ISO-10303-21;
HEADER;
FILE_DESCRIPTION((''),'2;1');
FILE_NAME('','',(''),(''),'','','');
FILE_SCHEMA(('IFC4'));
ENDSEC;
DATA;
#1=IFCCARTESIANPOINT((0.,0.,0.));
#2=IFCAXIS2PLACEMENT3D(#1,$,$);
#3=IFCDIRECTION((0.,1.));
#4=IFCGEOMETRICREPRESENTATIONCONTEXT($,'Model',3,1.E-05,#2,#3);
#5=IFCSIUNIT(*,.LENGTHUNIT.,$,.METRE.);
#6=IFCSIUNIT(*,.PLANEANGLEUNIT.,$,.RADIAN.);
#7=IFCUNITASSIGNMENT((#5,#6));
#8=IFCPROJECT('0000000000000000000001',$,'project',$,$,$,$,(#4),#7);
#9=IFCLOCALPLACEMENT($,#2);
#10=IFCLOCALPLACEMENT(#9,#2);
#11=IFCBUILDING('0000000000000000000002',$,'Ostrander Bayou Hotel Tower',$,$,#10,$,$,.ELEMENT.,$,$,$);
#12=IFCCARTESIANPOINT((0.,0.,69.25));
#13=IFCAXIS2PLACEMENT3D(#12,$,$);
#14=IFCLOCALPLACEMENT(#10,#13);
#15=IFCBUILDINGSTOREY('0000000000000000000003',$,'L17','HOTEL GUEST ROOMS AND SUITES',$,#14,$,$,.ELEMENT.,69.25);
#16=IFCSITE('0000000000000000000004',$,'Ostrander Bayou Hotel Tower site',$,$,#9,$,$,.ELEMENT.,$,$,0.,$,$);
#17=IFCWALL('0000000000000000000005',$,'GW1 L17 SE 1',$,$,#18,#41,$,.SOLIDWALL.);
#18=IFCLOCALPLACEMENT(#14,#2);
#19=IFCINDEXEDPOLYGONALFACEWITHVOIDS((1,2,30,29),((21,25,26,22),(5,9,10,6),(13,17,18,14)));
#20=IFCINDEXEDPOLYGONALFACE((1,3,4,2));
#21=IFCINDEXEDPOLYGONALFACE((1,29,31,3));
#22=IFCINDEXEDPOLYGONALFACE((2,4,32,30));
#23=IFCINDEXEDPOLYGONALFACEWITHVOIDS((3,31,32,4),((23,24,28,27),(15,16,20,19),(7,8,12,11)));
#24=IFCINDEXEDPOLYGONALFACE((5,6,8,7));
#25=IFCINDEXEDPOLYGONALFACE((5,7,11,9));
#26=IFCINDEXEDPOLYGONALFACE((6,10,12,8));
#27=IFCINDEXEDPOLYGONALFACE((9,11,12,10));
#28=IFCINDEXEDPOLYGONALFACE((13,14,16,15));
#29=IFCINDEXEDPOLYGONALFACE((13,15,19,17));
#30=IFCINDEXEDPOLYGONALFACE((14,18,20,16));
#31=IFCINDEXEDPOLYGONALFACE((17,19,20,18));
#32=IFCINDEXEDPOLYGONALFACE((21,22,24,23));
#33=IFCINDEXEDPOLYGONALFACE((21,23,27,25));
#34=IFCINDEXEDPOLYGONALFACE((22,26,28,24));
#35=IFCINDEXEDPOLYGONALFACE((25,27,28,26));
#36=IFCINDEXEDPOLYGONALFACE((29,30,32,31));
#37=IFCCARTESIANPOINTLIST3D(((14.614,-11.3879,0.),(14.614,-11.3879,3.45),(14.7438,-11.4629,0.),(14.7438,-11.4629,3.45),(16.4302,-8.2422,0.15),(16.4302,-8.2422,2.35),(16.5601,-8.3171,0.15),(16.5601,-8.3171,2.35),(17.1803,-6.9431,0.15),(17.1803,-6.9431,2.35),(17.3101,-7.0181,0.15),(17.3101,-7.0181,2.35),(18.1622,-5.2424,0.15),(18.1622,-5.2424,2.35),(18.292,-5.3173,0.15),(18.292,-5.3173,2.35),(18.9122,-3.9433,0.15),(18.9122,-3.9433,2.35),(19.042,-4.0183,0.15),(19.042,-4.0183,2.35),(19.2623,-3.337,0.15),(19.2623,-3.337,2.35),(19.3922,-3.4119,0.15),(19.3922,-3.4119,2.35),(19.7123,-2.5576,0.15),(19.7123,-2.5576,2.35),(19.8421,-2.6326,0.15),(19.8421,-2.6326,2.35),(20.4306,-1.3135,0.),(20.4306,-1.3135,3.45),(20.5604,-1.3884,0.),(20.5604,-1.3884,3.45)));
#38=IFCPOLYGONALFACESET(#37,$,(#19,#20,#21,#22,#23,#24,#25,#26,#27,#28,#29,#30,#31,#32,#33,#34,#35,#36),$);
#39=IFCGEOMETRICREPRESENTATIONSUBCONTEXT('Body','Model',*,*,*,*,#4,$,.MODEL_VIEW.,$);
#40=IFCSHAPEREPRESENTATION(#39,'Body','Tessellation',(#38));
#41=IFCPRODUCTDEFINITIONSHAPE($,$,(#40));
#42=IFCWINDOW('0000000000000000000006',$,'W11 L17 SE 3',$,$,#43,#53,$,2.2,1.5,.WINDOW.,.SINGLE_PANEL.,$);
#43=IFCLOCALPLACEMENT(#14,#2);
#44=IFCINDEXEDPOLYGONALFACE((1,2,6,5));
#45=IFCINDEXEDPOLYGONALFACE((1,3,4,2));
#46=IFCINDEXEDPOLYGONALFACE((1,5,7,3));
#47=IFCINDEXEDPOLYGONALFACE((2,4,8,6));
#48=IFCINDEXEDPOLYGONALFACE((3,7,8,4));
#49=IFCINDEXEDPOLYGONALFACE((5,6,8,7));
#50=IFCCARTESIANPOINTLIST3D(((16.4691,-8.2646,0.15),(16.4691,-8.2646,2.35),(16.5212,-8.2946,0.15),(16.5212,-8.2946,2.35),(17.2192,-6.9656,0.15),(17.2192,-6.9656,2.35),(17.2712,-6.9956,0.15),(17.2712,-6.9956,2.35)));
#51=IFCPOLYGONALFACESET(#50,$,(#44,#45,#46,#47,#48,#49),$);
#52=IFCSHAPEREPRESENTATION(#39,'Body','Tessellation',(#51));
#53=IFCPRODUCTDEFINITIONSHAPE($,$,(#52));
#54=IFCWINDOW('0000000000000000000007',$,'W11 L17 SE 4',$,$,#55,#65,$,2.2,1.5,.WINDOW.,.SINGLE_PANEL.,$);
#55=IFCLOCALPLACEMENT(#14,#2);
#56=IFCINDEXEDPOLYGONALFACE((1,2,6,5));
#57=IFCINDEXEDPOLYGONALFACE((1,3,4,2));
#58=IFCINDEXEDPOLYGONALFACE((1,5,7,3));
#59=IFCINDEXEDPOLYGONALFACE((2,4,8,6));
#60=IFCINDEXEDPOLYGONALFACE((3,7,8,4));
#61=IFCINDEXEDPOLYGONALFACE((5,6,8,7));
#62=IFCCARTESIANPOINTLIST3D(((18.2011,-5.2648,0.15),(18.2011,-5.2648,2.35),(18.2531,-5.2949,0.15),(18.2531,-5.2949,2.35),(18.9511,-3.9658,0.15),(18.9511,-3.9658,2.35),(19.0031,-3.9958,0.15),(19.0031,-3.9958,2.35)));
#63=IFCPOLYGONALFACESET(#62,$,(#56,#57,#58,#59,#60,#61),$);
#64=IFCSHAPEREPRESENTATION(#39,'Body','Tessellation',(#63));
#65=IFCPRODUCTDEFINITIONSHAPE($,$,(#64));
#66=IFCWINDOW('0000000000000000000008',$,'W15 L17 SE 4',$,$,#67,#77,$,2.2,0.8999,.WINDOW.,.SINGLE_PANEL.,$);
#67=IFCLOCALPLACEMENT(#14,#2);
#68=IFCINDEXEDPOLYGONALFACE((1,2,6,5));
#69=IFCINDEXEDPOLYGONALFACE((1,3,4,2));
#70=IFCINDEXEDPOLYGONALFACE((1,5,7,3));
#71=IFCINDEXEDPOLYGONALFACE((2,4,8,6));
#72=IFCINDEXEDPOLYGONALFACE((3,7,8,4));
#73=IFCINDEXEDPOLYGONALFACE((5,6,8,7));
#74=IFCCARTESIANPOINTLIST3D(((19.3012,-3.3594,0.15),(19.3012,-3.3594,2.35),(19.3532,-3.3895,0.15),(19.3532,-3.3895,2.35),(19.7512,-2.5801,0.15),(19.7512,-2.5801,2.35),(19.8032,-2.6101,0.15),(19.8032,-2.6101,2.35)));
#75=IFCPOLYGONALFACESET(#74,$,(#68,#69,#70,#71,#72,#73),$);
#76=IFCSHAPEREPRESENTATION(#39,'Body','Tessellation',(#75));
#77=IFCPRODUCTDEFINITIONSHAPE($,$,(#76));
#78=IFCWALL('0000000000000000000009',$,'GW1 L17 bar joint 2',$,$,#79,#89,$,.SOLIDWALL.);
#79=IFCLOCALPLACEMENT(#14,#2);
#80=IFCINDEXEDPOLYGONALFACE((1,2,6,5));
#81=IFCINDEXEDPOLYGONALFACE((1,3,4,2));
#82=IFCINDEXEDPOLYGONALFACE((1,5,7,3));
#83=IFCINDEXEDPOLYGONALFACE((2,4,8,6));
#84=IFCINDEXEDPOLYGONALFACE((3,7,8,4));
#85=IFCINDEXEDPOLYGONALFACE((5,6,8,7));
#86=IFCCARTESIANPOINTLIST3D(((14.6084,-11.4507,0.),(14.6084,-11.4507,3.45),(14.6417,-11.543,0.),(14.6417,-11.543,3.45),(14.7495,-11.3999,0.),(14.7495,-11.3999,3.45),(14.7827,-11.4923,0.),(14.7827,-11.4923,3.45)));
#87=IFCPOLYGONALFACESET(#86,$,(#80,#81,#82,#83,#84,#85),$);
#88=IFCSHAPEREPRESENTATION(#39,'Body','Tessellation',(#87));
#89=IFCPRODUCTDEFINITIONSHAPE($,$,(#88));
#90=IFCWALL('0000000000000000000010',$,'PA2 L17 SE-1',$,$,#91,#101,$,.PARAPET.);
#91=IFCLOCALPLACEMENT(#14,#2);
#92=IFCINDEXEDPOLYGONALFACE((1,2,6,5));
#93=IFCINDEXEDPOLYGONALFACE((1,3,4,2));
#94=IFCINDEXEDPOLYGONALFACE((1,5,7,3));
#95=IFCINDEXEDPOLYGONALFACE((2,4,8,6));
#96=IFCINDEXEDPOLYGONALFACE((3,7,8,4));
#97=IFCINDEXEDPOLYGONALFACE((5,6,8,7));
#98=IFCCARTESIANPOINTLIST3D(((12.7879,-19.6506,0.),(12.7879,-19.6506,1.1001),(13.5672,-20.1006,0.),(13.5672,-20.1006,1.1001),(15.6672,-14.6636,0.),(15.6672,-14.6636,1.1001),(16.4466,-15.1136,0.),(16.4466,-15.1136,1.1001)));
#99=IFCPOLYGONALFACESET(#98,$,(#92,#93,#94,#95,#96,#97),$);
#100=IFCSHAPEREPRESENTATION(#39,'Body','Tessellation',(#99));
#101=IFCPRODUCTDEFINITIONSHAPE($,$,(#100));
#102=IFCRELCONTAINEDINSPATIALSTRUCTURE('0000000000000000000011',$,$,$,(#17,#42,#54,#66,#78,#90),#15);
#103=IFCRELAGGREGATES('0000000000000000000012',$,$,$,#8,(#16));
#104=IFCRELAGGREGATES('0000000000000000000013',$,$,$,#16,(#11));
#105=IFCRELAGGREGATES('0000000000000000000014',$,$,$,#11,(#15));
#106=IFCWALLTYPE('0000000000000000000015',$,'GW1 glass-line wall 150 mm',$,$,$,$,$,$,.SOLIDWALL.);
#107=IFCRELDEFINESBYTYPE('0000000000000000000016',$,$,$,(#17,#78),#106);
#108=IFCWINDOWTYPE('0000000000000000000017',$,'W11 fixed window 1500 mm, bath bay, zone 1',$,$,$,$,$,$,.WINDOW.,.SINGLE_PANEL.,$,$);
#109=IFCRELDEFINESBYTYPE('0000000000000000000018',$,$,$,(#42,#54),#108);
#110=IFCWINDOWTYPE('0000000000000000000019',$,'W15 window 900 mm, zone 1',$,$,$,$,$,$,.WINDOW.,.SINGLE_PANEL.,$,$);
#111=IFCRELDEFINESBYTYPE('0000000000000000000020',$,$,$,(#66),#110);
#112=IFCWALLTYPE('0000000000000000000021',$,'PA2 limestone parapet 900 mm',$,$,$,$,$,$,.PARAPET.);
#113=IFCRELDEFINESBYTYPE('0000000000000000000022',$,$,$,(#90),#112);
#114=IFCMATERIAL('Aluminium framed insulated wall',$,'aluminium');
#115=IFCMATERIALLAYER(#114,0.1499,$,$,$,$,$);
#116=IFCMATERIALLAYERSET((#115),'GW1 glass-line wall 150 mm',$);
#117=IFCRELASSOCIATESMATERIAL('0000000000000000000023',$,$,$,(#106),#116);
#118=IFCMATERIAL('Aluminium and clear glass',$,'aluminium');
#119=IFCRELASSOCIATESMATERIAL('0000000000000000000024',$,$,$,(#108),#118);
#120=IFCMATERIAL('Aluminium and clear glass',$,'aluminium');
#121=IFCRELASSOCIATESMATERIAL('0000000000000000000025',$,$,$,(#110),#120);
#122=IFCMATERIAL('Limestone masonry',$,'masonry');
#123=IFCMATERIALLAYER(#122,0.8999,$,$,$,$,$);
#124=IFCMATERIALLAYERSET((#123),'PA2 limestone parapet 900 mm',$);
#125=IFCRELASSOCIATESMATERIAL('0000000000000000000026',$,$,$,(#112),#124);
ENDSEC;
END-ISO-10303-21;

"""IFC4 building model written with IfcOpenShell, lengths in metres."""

from ifc_helpers import new_model, si_unit, direction, frame, frame_2d, origin, place, context, subcontext, project, spatial, rectangle, extrude, material, layer, layer_set, type_object, element, fill, save


model = new_model("IFC4")

# Units and contexts
model_context = context("Model", 3, precision=1e-05, world=origin(), true_north=direction((0.0, 1.0)))
body_context = subcontext(model_context, "Body", "Model", "MODEL_VIEW")
ifc_project = project(units=[si_unit("LENGTHUNIT", "METRE"), si_unit("PLANEANGLEUNIT", "RADIAN")], contexts=[model_context])

# Site, building, storey
site_placement = place(None, origin())
site = spatial("IfcSite", under=ifc_project, at=site_placement, Name="Ostrander Bayou Hotel Tower site", CompositionType="ELEMENT", RefElevation=0.0)
building_placement = place(site_placement, origin())
building = spatial("IfcBuilding", under=site, at=building_placement, Name="Ostrander Bayou Hotel Tower", CompositionType="ELEMENT")
storey_placement = place(building_placement, frame((0.0, 0.0, 69.25)))
storey = spatial("IfcBuildingStorey", under=building, at=storey_placement, Name="L17", Description="HOTEL GUEST ROOMS AND SUITES", CompositionType="ELEMENT", Elevation=69.25)

# Wall, openings, windows
ifc_material_1 = material(Name="Aluminium framed insulated wall", Category="aluminium")
ifc_layer_1 = layer(ifc_material_1, 0.1499)
ifc_layer_set_1 = layer_set([ifc_layer_1], Name="GW1 glass-line wall 150 mm")
wall_type_1 = type_object("IfcWallType", Name="GW1 glass-line wall 150 mm", PredefinedType="SOLIDWALL", material=ifc_layer_set_1)
wall_1_placement = place(storey_placement, frame((14.679, -11.4253, 0.0), z_axis=(0.0, 0.0, 1.0), x_axis=(0.50001, 0.86602, 0.0)))
wall_1 = element("IfcWall", 1, at=wall_1_placement, inside=storey, type_object=wall_type_1, Name="GW1 L17 SE 1", PredefinedType="SOLIDWALL", context=body_context, shape_type="SweptSolid", body=[
    extrude(rectangle(XDim=11.6331, YDim=0.1499, at=frame_2d((5.8164, 0.0))), origin(), (0.0, 0.0, 1.0), 3.45),
])
opening_1_placement = place(wall_1_placement, frame((3.6323, 0.0, 0.1499)))
opening_1 = element("IfcOpeningElement", 2, at=opening_1_placement, cuts=wall_1, PredefinedType="OPENING", context=body_context, shape_type="SweptSolid", body=[
    extrude(rectangle(XDim=1.5, YDim=2.2, at=frame_2d((0.75, 1.1001))), frame((0.0, 0.075, 0.0), z_axis=(0.0, -1.0, 0.0), x_axis=(1.0, 0.0, 0.0)), (0.0, 0.0, 1.0), 0.1499),
])
opening_2_placement = place(wall_1_placement, frame((9.2964, 0.0, 0.1499)))
opening_2 = element("IfcOpeningElement", 3, at=opening_2_placement, cuts=wall_1, PredefinedType="OPENING", context=body_context, shape_type="SweptSolid", body=[
    extrude(rectangle(XDim=0.8999, YDim=2.2, at=frame_2d((0.45, 1.1001))), frame((0.0, 0.075, 0.0), z_axis=(0.0, -1.0, 0.0), x_axis=(1.0, 0.0, 0.0)), (0.0, 0.0, 1.0), 0.1499),
])
opening_3_placement = place(wall_1_placement, frame((7.0962, 0.0, 0.1499)))
opening_3 = element("IfcOpeningElement", 4, at=opening_3_placement, cuts=wall_1, PredefinedType="OPENING", context=body_context, shape_type="SweptSolid", body=[
    extrude(rectangle(XDim=1.5, YDim=2.2, at=frame_2d((0.75, 1.1001))), frame((0.0, 0.075, 0.0), z_axis=(0.0, -1.0, 0.0), x_axis=(1.0, 0.0, 0.0)), (0.0, 0.0, 1.0), 0.1499),
])
ifc_material_2 = material(Name="Aluminium and clear glass", Category="aluminium")
window_type_1 = type_object("IfcWindowType", Name="W11 fixed window 1500 mm, bath bay, zone 1", PartitioningType="SINGLE_PANEL", PredefinedType="WINDOW", material=ifc_material_2)
window_1_placement = place(opening_1_placement, origin())
window_1 = element("IfcWindow", 5, at=window_1_placement, inside=storey, type_object=window_type_1, Name="W11 L17 SE 3", OverallHeight=2.2, OverallWidth=1.5, PartitioningType="SINGLE_PANEL", PredefinedType="WINDOW", context=body_context, shape_type="SweptSolid", body=[
    extrude(rectangle(XDim=1.5, YDim=2.2, at=frame_2d((0.75, 1.1001))), frame((0.0, 0.03, 0.0), z_axis=(0.0, -1.0, 0.0), x_axis=(1.0, 0.0, 0.0)), (0.0, 0.0, 1.0), 0.0601),
])
fill(opening_1, window_1)
window_2_placement = place(opening_3_placement, origin())
window_2 = element("IfcWindow", 6, at=window_2_placement, inside=storey, type_object=window_type_1, Name="W11 L17 SE 4", OverallHeight=2.2, OverallWidth=1.5, PartitioningType="SINGLE_PANEL", PredefinedType="WINDOW", context=body_context, shape_type="SweptSolid", body=[
    extrude(rectangle(XDim=1.5, YDim=2.2, at=frame_2d((0.75, 1.1001))), frame((0.0, 0.03, 0.0), z_axis=(0.0, -1.0, 0.0), x_axis=(1.0, 0.0, 0.0)), (0.0, 0.0, 1.0), 0.0601),
])
fill(opening_3, window_2)
ifc_material_3 = material(Name="Aluminium and clear glass", Category="aluminium")
window_type_2 = type_object("IfcWindowType", Name="W15 window 900 mm, zone 1", PartitioningType="SINGLE_PANEL", PredefinedType="WINDOW", material=ifc_material_3)
window_3_placement = place(opening_2_placement, origin())
window_3 = element("IfcWindow", 7, at=window_3_placement, inside=storey, type_object=window_type_2, Name="W15 L17 SE 4", OverallHeight=2.2, OverallWidth=0.8999, PartitioningType="SINGLE_PANEL", PredefinedType="WINDOW", context=body_context, shape_type="SweptSolid", body=[
    extrude(rectangle(XDim=0.8999, YDim=2.2, at=frame_2d((0.45, 1.1001))), frame((0.0, 0.03, 0.0), z_axis=(0.0, -1.0, 0.0), x_axis=(1.0, 0.0, 0.0)), (0.0, 0.0, 1.0), 0.0601),
])
fill(opening_2, window_3)

# Walls
wall_2_placement = place(storey_placement, frame((14.679, -11.4253, 0.0), z_axis=(0.0, 0.0, 1.0), x_axis=(0.338543, -0.940951, 0.0)))
element("IfcWall", 8, at=wall_2_placement, inside=storey, type_object=wall_type_1, Name="GW1 L17 bar joint 2", PredefinedType="SOLIDWALL", context=body_context, shape_type="SweptSolid", body=[
    extrude(rectangle(XDim=0.0981, YDim=0.1499, at=frame_2d((0.0491, 0.0))), origin(), (0.0, 0.0, 1.0), 3.45),
])
ifc_material_4 = material(Name="Limestone masonry", Category="masonry")
ifc_layer_2 = layer(ifc_material_4, 0.8999)
ifc_layer_set_2 = layer_set([ifc_layer_2], Name="PA2 limestone parapet 900 mm")
wall_type_2 = type_object("IfcWallType", Name="PA2 limestone parapet 900 mm", PredefinedType="PARAPET", material=ifc_layer_set_2)
wall_3_placement = place(storey_placement, frame((13.1775, -19.8757, 0.0), z_axis=(0.0, 0.0, 1.0), x_axis=(0.500015, 0.866017, 0.0)))
element("IfcWall", 9, at=wall_3_placement, inside=storey, type_object=wall_type_2, Name="PA2 L17 SE-1", PredefinedType="PARAPET", context=body_context, shape_type="SweptSolid", body=[
    extrude(rectangle(XDim=5.7585, YDim=0.8999, at=frame_2d((2.8794, 0.0))), origin(), (0.0, 0.0, 1.0), 1.1001),
])

save(model, "model.ifc")
